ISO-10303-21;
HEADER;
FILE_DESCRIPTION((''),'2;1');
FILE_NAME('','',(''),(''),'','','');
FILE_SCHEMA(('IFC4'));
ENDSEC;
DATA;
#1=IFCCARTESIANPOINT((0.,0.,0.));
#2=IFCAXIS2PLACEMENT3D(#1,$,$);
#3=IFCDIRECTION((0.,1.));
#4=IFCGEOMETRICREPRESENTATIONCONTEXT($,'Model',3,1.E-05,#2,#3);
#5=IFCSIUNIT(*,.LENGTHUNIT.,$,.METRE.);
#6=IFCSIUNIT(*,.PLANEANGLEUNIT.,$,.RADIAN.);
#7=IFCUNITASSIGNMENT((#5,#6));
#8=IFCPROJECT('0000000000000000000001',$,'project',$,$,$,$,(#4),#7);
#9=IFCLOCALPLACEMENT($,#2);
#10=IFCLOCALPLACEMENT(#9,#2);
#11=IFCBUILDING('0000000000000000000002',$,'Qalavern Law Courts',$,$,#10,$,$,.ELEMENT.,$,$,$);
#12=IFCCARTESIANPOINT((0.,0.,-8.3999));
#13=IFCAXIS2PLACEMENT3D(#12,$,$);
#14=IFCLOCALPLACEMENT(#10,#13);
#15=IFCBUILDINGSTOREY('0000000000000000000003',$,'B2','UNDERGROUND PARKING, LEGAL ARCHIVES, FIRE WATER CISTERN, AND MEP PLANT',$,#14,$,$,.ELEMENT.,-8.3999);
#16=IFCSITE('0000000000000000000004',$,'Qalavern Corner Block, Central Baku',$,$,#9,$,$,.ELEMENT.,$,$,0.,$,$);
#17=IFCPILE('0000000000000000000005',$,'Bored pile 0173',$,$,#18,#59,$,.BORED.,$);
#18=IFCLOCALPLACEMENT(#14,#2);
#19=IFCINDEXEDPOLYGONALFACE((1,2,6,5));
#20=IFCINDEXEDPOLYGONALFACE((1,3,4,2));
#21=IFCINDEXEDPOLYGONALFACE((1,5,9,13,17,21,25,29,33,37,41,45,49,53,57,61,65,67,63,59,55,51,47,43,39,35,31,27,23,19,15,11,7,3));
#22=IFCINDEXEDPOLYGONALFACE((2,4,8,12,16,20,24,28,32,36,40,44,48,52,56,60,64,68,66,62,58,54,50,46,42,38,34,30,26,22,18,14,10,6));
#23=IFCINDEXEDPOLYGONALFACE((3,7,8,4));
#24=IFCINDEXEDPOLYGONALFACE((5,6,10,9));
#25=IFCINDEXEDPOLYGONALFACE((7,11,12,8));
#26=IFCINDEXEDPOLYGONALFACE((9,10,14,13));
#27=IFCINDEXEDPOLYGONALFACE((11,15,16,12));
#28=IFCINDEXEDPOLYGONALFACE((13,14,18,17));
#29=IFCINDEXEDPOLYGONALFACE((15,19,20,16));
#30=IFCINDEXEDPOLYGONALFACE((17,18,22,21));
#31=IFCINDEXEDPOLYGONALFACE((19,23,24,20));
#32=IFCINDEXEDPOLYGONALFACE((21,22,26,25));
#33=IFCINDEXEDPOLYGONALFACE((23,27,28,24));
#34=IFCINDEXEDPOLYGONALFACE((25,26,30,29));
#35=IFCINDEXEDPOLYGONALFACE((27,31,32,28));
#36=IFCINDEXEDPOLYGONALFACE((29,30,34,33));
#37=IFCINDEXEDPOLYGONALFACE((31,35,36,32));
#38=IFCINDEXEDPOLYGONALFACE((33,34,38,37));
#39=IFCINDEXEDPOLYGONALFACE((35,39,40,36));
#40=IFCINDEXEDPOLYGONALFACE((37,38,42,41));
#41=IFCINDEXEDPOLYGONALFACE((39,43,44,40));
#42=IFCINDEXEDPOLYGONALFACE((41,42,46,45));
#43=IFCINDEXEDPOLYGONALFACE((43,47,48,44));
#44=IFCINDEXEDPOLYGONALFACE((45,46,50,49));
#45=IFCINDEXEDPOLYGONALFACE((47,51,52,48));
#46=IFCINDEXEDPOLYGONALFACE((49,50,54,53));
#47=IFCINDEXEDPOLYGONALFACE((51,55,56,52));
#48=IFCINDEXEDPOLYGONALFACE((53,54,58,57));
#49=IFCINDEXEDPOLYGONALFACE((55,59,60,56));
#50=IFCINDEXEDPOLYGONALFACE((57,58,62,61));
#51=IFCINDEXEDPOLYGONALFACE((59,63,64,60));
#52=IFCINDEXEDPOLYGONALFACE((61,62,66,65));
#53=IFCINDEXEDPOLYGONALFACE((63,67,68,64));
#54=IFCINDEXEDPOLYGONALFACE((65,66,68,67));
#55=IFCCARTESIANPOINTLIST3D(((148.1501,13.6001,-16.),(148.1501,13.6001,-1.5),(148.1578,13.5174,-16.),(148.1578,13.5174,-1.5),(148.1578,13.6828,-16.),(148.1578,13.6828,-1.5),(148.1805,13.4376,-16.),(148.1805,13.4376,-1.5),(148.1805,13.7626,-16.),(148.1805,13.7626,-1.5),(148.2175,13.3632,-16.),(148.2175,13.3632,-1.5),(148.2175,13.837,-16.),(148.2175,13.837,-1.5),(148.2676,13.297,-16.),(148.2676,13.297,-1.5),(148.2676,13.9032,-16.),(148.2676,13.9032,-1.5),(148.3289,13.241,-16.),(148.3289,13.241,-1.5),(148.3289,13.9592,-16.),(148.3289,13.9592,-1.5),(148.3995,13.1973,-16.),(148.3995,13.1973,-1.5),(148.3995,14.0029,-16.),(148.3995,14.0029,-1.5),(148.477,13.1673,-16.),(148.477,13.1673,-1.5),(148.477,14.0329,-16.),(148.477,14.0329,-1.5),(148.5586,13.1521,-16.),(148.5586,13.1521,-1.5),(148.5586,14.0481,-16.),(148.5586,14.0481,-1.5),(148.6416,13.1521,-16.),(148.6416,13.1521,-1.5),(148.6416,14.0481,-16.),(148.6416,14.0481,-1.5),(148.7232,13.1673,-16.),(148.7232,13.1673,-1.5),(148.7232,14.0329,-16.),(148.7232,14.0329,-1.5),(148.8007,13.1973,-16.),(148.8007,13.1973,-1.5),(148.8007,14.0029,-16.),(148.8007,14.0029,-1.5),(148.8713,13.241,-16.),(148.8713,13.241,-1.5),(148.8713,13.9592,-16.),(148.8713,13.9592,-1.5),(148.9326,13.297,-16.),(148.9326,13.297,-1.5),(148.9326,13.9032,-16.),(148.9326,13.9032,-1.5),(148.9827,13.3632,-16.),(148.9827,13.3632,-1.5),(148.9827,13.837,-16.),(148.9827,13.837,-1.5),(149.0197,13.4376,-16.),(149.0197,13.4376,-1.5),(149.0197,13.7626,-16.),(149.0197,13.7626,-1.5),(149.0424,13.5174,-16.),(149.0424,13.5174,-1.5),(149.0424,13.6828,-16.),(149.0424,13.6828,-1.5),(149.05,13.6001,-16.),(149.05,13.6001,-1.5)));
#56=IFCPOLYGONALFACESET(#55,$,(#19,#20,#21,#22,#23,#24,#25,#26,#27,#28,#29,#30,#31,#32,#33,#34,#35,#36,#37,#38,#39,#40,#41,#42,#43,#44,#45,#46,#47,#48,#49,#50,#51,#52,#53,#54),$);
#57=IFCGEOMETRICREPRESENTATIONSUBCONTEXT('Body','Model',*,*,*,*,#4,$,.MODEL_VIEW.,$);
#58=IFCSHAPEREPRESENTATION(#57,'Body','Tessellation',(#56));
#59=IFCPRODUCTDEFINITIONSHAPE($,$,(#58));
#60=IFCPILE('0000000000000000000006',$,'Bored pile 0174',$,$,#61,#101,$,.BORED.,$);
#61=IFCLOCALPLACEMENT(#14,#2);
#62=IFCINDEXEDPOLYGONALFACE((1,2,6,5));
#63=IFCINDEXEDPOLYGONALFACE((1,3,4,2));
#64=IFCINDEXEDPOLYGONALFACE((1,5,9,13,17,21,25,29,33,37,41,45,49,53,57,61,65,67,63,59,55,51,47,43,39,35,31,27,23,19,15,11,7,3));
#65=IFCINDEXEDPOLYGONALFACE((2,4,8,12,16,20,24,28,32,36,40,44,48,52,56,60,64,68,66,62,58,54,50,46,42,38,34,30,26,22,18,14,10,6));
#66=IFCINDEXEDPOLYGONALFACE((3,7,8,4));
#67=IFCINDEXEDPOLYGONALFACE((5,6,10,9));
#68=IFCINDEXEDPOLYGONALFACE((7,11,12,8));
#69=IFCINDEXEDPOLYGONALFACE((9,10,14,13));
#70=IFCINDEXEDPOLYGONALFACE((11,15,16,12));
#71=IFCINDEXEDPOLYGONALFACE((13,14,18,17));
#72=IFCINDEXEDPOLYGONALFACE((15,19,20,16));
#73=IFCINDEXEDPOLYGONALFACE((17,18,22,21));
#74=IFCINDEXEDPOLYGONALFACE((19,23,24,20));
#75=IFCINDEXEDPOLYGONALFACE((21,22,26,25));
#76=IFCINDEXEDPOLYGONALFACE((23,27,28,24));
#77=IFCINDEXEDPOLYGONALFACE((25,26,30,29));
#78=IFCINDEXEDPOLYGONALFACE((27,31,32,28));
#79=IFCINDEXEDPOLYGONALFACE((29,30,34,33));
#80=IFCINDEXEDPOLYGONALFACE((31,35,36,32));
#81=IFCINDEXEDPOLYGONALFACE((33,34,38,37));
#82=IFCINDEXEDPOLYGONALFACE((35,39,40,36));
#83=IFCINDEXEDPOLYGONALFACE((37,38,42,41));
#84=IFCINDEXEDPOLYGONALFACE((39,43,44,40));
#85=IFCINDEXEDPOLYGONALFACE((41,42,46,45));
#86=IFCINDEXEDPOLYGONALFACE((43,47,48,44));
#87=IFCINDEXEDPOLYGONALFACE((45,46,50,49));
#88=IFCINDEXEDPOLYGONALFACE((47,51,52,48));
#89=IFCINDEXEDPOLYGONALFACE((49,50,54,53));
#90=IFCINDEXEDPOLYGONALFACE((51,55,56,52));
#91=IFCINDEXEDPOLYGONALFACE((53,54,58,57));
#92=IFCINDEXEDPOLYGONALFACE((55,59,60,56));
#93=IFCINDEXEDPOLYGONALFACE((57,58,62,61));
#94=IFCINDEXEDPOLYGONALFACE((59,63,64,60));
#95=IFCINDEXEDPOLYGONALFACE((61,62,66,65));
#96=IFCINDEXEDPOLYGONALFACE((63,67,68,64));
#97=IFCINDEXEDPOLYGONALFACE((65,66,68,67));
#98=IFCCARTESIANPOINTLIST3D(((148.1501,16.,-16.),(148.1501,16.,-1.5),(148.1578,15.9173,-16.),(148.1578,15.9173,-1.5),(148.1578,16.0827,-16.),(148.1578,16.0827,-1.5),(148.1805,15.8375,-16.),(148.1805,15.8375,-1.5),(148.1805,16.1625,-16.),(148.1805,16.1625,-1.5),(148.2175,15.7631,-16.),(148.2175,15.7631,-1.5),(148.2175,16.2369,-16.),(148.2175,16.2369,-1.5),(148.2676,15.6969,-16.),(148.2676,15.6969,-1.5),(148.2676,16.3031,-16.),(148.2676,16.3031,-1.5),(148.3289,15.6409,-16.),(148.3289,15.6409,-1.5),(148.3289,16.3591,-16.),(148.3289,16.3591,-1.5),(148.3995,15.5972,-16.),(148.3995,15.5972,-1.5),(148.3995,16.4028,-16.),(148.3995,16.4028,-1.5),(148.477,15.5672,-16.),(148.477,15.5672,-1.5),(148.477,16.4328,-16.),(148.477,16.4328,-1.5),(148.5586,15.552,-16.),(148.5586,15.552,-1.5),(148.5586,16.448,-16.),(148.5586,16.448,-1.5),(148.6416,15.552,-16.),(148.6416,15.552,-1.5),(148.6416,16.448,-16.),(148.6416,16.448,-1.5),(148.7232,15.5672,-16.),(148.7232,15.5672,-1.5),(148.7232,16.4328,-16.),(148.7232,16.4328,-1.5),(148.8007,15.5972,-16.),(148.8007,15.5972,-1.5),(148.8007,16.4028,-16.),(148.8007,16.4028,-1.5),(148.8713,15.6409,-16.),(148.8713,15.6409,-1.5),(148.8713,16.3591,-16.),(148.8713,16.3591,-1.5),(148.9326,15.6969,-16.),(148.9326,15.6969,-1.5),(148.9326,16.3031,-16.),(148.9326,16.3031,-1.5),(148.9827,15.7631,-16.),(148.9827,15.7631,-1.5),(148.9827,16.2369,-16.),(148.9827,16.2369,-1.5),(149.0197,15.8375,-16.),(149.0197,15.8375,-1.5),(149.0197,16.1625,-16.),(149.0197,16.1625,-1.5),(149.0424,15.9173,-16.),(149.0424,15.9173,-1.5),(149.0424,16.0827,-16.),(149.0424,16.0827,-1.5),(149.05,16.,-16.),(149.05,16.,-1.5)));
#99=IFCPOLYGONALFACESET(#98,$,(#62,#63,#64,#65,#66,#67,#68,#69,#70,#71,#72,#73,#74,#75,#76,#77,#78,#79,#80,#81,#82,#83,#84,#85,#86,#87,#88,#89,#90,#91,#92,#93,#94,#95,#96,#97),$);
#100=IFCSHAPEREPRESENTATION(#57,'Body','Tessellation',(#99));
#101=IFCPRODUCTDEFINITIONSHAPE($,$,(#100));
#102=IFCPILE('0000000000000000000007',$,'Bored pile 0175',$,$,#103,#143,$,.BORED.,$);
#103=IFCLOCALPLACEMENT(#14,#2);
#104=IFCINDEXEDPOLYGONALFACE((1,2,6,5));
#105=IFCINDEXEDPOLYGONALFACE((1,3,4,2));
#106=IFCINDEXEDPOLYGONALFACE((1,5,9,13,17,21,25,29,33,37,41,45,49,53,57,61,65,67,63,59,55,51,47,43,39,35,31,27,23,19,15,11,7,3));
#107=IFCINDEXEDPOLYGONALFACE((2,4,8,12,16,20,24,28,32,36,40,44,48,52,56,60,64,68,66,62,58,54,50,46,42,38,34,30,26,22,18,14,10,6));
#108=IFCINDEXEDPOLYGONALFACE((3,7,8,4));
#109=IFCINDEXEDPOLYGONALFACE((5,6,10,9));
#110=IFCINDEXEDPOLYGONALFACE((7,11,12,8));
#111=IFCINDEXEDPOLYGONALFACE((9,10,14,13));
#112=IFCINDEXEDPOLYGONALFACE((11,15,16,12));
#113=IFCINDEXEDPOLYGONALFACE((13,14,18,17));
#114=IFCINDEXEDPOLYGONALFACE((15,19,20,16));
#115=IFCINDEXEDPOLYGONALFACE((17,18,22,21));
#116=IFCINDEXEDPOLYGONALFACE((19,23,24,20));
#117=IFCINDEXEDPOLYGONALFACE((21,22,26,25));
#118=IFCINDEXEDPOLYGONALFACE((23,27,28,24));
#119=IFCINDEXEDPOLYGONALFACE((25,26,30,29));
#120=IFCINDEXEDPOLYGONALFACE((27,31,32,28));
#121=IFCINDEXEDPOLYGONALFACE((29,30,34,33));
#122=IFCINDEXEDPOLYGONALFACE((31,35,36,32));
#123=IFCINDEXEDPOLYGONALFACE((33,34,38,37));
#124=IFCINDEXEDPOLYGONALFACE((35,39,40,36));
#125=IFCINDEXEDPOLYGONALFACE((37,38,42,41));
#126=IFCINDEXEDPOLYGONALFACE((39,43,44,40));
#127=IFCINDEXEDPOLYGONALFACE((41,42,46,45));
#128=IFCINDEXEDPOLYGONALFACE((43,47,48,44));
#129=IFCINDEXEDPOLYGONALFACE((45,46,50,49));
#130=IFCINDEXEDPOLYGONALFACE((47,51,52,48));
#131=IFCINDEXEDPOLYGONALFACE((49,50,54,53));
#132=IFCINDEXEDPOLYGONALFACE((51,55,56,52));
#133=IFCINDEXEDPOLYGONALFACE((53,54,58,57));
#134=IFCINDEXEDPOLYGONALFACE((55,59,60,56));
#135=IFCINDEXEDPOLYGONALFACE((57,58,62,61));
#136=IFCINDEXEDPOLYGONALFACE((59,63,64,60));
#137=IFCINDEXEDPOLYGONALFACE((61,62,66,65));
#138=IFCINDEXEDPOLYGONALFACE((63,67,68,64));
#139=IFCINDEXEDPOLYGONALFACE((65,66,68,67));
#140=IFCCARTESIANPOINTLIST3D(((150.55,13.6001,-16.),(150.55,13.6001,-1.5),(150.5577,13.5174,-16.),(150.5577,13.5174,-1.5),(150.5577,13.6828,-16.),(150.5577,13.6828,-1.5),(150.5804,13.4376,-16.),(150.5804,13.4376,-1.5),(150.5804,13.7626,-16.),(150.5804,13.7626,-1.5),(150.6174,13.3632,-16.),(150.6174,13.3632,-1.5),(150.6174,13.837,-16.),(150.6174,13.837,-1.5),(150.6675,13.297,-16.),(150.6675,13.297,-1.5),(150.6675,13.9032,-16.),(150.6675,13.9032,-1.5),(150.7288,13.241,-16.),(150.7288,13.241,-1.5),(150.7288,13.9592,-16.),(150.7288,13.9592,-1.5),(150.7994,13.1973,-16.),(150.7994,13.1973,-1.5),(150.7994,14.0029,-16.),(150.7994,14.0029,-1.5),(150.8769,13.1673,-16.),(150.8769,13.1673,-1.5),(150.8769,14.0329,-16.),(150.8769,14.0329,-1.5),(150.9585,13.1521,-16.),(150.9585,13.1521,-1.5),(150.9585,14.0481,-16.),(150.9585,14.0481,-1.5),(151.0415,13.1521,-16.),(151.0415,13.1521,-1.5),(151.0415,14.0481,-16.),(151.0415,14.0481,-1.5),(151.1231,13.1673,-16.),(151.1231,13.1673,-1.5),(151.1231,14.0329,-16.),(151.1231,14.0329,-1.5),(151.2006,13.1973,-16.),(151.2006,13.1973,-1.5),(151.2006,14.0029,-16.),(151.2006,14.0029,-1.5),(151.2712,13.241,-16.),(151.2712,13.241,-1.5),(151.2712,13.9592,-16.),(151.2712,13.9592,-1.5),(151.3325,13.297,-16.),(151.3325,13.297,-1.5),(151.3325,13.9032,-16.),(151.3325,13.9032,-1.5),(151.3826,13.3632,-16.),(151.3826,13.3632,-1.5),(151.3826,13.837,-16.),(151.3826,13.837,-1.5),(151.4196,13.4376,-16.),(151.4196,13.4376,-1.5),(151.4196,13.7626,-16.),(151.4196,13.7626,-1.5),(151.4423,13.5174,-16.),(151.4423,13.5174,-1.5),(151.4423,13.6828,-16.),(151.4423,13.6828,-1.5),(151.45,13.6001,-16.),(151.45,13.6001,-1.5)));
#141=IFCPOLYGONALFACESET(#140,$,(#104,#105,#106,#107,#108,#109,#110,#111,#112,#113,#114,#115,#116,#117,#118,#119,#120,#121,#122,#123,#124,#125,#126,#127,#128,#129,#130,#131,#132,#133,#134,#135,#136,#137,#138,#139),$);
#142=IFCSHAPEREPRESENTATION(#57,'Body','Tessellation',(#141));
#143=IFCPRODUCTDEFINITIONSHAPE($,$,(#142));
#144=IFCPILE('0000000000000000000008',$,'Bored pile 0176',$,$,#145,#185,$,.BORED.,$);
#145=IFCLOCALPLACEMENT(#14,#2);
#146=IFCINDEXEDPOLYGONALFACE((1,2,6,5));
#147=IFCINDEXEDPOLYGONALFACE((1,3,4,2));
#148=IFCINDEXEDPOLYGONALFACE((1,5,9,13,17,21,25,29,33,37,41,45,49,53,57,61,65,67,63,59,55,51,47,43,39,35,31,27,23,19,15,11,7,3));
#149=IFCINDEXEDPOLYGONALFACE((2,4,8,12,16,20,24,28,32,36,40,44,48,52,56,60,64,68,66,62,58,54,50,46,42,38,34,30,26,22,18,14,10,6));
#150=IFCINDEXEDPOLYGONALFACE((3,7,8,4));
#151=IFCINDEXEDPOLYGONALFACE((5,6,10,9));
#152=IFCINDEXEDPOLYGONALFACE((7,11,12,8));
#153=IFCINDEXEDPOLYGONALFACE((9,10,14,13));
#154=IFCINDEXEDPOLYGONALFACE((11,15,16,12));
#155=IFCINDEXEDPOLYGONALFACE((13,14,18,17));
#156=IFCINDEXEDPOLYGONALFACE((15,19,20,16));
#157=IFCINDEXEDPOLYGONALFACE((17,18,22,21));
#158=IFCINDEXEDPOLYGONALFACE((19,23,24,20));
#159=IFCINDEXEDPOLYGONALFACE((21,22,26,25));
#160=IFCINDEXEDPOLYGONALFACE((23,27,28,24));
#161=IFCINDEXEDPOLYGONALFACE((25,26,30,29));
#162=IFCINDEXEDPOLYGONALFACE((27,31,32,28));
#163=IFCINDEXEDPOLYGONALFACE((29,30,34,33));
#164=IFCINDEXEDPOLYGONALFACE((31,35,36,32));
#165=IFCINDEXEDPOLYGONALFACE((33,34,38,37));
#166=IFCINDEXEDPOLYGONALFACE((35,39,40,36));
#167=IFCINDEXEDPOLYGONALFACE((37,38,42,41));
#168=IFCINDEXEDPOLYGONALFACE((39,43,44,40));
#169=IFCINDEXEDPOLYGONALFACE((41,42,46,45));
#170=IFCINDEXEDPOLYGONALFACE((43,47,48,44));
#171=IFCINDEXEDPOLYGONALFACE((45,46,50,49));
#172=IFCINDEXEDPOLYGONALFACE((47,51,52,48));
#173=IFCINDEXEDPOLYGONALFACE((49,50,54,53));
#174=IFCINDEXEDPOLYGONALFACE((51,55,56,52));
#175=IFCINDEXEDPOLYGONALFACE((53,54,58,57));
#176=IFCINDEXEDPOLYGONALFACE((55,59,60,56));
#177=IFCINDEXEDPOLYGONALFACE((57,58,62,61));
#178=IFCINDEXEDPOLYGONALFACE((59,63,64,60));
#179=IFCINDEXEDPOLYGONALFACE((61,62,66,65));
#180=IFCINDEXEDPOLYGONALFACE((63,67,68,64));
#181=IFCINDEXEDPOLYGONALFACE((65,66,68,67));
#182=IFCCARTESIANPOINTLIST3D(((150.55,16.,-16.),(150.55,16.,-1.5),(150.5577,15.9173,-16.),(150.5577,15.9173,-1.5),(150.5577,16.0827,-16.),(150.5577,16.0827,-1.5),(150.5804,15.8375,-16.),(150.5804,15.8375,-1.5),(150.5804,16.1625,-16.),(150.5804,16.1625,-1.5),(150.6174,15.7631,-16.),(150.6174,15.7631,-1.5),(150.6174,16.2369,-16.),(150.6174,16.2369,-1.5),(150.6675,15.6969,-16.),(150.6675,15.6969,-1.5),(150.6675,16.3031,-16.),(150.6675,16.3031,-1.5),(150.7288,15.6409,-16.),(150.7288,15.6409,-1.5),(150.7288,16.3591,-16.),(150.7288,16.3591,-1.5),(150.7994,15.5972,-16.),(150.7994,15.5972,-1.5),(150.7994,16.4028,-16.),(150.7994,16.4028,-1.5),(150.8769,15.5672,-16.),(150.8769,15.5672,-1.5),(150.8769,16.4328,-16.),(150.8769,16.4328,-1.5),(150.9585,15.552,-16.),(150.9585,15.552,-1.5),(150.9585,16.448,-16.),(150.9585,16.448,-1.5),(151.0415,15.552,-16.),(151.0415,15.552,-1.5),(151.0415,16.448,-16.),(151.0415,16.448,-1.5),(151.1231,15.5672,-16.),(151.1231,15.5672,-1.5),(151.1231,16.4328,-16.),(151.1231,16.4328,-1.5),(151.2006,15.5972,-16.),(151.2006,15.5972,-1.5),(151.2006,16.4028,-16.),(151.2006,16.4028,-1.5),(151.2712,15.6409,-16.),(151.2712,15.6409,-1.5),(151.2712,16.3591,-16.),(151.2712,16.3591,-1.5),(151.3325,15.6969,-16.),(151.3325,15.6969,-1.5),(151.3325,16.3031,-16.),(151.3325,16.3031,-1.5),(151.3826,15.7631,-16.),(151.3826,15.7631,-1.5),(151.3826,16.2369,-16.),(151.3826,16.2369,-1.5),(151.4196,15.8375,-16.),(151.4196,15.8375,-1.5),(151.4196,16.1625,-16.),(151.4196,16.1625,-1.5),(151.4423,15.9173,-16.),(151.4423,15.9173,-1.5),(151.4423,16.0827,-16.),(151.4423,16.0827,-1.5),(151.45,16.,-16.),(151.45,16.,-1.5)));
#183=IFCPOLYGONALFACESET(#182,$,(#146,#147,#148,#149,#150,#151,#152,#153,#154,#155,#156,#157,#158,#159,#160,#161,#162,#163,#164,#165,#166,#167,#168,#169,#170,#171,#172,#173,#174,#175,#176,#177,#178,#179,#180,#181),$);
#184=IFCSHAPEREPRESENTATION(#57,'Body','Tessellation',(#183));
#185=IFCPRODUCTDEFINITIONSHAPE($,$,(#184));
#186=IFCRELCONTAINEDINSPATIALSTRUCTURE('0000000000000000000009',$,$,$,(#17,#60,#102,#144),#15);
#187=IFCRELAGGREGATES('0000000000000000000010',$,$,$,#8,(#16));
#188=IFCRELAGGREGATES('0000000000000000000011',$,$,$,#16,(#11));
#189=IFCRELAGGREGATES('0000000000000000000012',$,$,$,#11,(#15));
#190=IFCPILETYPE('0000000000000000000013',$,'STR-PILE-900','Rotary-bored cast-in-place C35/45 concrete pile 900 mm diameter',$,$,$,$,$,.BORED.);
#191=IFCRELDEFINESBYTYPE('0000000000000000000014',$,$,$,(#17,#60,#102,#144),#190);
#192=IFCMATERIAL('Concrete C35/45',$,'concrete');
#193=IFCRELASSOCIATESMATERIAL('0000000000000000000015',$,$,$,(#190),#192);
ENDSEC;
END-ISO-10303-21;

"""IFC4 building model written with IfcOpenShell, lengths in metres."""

from ifc_helpers import new_model, si_unit, direction, frame, origin, origin_2d, place, context, subcontext, project, spatial, circle, extrude, material, material_profile, profile_set, type_object, element, save


model = new_model("IFC4")

# Units and contexts
model_context = context("Model", 3, precision=1e-05, world=origin(), true_north=direction((0.0, 1.0)))
body_context = subcontext(model_context, "Body", "Model", "MODEL_VIEW")
ifc_project = project(units=[si_unit("LENGTHUNIT", "METRE"), si_unit("PLANEANGLEUNIT", "RADIAN")], contexts=[model_context])

# Site, building, storey
site_placement = place(None, origin())
site = spatial("IfcSite", under=ifc_project, at=site_placement, Name="Qalavern Corner Block, Central Baku", CompositionType="ELEMENT", RefElevation=0.0)
building_placement = place(site_placement, origin())
building = spatial("IfcBuilding", under=site, at=building_placement, Name="Qalavern Law Courts", CompositionType="ELEMENT")
storey_placement = place(building_placement, frame((0.0, 0.0, -8.3999)))
storey = spatial("IfcBuildingStorey", under=building, at=storey_placement, Name="B2", Description="UNDERGROUND PARKING, LEGAL ARCHIVES, FIRE WATER CISTERN, AND MEP PLANT", CompositionType="ELEMENT", Elevation=-8.3999)

# Shared definitions
ifc_material_1 = material(Name="Concrete C35/45", Category="concrete")

# Piles
ifc_material_profile_1 = material_profile(ifc_material_1, circle(Radius=0.45, at=origin_2d()), Name="BORED PILE 900")
ifc_profile_set_1 = profile_set([ifc_material_profile_1], Name="Concrete C35/45")
pile_type = type_object("IfcPileType", Name="STR-PILE-900", Description="Rotary-bored cast-in-place C35/45 concrete pile 900 mm diameter", PredefinedType="BORED", material=ifc_profile_set_1)
for number, where, z_axis, x_axis, name in (
    (1, (148.6001, 13.6001, -1.5), (0.0, 0.0, -1.0), (1.0, 0.0, 0.0), "Bored pile 0173"),
    (2, (148.6001, 16.0, -1.5), (0.0, 0.0, -1.0), (1.0, 0.0, 0.0), "Bored pile 0174"),
    (3, (151.0, 13.6001, -1.5), (0.0, 0.0, -1.0), (1.0, 0.0, 0.0), "Bored pile 0175"),
    (4, (151.0, 16.0, -1.5), (0.0, 0.0, -1.0), (1.0, 0.0, 0.0), "Bored pile 0176"),
):
    element("IfcPile", number, at=place(storey_placement, frame(where, z_axis=z_axis, x_axis=x_axis)), inside=storey, type_object=pile_type, Name=name, PredefinedType="BORED", context=body_context, shape_type="SweptSolid", body=[
        extrude(circle(Radius=0.45, at=origin_2d()), origin(), (0.0, 0.0, 1.0), 14.5),
    ])

save(model, "model.ifc")
